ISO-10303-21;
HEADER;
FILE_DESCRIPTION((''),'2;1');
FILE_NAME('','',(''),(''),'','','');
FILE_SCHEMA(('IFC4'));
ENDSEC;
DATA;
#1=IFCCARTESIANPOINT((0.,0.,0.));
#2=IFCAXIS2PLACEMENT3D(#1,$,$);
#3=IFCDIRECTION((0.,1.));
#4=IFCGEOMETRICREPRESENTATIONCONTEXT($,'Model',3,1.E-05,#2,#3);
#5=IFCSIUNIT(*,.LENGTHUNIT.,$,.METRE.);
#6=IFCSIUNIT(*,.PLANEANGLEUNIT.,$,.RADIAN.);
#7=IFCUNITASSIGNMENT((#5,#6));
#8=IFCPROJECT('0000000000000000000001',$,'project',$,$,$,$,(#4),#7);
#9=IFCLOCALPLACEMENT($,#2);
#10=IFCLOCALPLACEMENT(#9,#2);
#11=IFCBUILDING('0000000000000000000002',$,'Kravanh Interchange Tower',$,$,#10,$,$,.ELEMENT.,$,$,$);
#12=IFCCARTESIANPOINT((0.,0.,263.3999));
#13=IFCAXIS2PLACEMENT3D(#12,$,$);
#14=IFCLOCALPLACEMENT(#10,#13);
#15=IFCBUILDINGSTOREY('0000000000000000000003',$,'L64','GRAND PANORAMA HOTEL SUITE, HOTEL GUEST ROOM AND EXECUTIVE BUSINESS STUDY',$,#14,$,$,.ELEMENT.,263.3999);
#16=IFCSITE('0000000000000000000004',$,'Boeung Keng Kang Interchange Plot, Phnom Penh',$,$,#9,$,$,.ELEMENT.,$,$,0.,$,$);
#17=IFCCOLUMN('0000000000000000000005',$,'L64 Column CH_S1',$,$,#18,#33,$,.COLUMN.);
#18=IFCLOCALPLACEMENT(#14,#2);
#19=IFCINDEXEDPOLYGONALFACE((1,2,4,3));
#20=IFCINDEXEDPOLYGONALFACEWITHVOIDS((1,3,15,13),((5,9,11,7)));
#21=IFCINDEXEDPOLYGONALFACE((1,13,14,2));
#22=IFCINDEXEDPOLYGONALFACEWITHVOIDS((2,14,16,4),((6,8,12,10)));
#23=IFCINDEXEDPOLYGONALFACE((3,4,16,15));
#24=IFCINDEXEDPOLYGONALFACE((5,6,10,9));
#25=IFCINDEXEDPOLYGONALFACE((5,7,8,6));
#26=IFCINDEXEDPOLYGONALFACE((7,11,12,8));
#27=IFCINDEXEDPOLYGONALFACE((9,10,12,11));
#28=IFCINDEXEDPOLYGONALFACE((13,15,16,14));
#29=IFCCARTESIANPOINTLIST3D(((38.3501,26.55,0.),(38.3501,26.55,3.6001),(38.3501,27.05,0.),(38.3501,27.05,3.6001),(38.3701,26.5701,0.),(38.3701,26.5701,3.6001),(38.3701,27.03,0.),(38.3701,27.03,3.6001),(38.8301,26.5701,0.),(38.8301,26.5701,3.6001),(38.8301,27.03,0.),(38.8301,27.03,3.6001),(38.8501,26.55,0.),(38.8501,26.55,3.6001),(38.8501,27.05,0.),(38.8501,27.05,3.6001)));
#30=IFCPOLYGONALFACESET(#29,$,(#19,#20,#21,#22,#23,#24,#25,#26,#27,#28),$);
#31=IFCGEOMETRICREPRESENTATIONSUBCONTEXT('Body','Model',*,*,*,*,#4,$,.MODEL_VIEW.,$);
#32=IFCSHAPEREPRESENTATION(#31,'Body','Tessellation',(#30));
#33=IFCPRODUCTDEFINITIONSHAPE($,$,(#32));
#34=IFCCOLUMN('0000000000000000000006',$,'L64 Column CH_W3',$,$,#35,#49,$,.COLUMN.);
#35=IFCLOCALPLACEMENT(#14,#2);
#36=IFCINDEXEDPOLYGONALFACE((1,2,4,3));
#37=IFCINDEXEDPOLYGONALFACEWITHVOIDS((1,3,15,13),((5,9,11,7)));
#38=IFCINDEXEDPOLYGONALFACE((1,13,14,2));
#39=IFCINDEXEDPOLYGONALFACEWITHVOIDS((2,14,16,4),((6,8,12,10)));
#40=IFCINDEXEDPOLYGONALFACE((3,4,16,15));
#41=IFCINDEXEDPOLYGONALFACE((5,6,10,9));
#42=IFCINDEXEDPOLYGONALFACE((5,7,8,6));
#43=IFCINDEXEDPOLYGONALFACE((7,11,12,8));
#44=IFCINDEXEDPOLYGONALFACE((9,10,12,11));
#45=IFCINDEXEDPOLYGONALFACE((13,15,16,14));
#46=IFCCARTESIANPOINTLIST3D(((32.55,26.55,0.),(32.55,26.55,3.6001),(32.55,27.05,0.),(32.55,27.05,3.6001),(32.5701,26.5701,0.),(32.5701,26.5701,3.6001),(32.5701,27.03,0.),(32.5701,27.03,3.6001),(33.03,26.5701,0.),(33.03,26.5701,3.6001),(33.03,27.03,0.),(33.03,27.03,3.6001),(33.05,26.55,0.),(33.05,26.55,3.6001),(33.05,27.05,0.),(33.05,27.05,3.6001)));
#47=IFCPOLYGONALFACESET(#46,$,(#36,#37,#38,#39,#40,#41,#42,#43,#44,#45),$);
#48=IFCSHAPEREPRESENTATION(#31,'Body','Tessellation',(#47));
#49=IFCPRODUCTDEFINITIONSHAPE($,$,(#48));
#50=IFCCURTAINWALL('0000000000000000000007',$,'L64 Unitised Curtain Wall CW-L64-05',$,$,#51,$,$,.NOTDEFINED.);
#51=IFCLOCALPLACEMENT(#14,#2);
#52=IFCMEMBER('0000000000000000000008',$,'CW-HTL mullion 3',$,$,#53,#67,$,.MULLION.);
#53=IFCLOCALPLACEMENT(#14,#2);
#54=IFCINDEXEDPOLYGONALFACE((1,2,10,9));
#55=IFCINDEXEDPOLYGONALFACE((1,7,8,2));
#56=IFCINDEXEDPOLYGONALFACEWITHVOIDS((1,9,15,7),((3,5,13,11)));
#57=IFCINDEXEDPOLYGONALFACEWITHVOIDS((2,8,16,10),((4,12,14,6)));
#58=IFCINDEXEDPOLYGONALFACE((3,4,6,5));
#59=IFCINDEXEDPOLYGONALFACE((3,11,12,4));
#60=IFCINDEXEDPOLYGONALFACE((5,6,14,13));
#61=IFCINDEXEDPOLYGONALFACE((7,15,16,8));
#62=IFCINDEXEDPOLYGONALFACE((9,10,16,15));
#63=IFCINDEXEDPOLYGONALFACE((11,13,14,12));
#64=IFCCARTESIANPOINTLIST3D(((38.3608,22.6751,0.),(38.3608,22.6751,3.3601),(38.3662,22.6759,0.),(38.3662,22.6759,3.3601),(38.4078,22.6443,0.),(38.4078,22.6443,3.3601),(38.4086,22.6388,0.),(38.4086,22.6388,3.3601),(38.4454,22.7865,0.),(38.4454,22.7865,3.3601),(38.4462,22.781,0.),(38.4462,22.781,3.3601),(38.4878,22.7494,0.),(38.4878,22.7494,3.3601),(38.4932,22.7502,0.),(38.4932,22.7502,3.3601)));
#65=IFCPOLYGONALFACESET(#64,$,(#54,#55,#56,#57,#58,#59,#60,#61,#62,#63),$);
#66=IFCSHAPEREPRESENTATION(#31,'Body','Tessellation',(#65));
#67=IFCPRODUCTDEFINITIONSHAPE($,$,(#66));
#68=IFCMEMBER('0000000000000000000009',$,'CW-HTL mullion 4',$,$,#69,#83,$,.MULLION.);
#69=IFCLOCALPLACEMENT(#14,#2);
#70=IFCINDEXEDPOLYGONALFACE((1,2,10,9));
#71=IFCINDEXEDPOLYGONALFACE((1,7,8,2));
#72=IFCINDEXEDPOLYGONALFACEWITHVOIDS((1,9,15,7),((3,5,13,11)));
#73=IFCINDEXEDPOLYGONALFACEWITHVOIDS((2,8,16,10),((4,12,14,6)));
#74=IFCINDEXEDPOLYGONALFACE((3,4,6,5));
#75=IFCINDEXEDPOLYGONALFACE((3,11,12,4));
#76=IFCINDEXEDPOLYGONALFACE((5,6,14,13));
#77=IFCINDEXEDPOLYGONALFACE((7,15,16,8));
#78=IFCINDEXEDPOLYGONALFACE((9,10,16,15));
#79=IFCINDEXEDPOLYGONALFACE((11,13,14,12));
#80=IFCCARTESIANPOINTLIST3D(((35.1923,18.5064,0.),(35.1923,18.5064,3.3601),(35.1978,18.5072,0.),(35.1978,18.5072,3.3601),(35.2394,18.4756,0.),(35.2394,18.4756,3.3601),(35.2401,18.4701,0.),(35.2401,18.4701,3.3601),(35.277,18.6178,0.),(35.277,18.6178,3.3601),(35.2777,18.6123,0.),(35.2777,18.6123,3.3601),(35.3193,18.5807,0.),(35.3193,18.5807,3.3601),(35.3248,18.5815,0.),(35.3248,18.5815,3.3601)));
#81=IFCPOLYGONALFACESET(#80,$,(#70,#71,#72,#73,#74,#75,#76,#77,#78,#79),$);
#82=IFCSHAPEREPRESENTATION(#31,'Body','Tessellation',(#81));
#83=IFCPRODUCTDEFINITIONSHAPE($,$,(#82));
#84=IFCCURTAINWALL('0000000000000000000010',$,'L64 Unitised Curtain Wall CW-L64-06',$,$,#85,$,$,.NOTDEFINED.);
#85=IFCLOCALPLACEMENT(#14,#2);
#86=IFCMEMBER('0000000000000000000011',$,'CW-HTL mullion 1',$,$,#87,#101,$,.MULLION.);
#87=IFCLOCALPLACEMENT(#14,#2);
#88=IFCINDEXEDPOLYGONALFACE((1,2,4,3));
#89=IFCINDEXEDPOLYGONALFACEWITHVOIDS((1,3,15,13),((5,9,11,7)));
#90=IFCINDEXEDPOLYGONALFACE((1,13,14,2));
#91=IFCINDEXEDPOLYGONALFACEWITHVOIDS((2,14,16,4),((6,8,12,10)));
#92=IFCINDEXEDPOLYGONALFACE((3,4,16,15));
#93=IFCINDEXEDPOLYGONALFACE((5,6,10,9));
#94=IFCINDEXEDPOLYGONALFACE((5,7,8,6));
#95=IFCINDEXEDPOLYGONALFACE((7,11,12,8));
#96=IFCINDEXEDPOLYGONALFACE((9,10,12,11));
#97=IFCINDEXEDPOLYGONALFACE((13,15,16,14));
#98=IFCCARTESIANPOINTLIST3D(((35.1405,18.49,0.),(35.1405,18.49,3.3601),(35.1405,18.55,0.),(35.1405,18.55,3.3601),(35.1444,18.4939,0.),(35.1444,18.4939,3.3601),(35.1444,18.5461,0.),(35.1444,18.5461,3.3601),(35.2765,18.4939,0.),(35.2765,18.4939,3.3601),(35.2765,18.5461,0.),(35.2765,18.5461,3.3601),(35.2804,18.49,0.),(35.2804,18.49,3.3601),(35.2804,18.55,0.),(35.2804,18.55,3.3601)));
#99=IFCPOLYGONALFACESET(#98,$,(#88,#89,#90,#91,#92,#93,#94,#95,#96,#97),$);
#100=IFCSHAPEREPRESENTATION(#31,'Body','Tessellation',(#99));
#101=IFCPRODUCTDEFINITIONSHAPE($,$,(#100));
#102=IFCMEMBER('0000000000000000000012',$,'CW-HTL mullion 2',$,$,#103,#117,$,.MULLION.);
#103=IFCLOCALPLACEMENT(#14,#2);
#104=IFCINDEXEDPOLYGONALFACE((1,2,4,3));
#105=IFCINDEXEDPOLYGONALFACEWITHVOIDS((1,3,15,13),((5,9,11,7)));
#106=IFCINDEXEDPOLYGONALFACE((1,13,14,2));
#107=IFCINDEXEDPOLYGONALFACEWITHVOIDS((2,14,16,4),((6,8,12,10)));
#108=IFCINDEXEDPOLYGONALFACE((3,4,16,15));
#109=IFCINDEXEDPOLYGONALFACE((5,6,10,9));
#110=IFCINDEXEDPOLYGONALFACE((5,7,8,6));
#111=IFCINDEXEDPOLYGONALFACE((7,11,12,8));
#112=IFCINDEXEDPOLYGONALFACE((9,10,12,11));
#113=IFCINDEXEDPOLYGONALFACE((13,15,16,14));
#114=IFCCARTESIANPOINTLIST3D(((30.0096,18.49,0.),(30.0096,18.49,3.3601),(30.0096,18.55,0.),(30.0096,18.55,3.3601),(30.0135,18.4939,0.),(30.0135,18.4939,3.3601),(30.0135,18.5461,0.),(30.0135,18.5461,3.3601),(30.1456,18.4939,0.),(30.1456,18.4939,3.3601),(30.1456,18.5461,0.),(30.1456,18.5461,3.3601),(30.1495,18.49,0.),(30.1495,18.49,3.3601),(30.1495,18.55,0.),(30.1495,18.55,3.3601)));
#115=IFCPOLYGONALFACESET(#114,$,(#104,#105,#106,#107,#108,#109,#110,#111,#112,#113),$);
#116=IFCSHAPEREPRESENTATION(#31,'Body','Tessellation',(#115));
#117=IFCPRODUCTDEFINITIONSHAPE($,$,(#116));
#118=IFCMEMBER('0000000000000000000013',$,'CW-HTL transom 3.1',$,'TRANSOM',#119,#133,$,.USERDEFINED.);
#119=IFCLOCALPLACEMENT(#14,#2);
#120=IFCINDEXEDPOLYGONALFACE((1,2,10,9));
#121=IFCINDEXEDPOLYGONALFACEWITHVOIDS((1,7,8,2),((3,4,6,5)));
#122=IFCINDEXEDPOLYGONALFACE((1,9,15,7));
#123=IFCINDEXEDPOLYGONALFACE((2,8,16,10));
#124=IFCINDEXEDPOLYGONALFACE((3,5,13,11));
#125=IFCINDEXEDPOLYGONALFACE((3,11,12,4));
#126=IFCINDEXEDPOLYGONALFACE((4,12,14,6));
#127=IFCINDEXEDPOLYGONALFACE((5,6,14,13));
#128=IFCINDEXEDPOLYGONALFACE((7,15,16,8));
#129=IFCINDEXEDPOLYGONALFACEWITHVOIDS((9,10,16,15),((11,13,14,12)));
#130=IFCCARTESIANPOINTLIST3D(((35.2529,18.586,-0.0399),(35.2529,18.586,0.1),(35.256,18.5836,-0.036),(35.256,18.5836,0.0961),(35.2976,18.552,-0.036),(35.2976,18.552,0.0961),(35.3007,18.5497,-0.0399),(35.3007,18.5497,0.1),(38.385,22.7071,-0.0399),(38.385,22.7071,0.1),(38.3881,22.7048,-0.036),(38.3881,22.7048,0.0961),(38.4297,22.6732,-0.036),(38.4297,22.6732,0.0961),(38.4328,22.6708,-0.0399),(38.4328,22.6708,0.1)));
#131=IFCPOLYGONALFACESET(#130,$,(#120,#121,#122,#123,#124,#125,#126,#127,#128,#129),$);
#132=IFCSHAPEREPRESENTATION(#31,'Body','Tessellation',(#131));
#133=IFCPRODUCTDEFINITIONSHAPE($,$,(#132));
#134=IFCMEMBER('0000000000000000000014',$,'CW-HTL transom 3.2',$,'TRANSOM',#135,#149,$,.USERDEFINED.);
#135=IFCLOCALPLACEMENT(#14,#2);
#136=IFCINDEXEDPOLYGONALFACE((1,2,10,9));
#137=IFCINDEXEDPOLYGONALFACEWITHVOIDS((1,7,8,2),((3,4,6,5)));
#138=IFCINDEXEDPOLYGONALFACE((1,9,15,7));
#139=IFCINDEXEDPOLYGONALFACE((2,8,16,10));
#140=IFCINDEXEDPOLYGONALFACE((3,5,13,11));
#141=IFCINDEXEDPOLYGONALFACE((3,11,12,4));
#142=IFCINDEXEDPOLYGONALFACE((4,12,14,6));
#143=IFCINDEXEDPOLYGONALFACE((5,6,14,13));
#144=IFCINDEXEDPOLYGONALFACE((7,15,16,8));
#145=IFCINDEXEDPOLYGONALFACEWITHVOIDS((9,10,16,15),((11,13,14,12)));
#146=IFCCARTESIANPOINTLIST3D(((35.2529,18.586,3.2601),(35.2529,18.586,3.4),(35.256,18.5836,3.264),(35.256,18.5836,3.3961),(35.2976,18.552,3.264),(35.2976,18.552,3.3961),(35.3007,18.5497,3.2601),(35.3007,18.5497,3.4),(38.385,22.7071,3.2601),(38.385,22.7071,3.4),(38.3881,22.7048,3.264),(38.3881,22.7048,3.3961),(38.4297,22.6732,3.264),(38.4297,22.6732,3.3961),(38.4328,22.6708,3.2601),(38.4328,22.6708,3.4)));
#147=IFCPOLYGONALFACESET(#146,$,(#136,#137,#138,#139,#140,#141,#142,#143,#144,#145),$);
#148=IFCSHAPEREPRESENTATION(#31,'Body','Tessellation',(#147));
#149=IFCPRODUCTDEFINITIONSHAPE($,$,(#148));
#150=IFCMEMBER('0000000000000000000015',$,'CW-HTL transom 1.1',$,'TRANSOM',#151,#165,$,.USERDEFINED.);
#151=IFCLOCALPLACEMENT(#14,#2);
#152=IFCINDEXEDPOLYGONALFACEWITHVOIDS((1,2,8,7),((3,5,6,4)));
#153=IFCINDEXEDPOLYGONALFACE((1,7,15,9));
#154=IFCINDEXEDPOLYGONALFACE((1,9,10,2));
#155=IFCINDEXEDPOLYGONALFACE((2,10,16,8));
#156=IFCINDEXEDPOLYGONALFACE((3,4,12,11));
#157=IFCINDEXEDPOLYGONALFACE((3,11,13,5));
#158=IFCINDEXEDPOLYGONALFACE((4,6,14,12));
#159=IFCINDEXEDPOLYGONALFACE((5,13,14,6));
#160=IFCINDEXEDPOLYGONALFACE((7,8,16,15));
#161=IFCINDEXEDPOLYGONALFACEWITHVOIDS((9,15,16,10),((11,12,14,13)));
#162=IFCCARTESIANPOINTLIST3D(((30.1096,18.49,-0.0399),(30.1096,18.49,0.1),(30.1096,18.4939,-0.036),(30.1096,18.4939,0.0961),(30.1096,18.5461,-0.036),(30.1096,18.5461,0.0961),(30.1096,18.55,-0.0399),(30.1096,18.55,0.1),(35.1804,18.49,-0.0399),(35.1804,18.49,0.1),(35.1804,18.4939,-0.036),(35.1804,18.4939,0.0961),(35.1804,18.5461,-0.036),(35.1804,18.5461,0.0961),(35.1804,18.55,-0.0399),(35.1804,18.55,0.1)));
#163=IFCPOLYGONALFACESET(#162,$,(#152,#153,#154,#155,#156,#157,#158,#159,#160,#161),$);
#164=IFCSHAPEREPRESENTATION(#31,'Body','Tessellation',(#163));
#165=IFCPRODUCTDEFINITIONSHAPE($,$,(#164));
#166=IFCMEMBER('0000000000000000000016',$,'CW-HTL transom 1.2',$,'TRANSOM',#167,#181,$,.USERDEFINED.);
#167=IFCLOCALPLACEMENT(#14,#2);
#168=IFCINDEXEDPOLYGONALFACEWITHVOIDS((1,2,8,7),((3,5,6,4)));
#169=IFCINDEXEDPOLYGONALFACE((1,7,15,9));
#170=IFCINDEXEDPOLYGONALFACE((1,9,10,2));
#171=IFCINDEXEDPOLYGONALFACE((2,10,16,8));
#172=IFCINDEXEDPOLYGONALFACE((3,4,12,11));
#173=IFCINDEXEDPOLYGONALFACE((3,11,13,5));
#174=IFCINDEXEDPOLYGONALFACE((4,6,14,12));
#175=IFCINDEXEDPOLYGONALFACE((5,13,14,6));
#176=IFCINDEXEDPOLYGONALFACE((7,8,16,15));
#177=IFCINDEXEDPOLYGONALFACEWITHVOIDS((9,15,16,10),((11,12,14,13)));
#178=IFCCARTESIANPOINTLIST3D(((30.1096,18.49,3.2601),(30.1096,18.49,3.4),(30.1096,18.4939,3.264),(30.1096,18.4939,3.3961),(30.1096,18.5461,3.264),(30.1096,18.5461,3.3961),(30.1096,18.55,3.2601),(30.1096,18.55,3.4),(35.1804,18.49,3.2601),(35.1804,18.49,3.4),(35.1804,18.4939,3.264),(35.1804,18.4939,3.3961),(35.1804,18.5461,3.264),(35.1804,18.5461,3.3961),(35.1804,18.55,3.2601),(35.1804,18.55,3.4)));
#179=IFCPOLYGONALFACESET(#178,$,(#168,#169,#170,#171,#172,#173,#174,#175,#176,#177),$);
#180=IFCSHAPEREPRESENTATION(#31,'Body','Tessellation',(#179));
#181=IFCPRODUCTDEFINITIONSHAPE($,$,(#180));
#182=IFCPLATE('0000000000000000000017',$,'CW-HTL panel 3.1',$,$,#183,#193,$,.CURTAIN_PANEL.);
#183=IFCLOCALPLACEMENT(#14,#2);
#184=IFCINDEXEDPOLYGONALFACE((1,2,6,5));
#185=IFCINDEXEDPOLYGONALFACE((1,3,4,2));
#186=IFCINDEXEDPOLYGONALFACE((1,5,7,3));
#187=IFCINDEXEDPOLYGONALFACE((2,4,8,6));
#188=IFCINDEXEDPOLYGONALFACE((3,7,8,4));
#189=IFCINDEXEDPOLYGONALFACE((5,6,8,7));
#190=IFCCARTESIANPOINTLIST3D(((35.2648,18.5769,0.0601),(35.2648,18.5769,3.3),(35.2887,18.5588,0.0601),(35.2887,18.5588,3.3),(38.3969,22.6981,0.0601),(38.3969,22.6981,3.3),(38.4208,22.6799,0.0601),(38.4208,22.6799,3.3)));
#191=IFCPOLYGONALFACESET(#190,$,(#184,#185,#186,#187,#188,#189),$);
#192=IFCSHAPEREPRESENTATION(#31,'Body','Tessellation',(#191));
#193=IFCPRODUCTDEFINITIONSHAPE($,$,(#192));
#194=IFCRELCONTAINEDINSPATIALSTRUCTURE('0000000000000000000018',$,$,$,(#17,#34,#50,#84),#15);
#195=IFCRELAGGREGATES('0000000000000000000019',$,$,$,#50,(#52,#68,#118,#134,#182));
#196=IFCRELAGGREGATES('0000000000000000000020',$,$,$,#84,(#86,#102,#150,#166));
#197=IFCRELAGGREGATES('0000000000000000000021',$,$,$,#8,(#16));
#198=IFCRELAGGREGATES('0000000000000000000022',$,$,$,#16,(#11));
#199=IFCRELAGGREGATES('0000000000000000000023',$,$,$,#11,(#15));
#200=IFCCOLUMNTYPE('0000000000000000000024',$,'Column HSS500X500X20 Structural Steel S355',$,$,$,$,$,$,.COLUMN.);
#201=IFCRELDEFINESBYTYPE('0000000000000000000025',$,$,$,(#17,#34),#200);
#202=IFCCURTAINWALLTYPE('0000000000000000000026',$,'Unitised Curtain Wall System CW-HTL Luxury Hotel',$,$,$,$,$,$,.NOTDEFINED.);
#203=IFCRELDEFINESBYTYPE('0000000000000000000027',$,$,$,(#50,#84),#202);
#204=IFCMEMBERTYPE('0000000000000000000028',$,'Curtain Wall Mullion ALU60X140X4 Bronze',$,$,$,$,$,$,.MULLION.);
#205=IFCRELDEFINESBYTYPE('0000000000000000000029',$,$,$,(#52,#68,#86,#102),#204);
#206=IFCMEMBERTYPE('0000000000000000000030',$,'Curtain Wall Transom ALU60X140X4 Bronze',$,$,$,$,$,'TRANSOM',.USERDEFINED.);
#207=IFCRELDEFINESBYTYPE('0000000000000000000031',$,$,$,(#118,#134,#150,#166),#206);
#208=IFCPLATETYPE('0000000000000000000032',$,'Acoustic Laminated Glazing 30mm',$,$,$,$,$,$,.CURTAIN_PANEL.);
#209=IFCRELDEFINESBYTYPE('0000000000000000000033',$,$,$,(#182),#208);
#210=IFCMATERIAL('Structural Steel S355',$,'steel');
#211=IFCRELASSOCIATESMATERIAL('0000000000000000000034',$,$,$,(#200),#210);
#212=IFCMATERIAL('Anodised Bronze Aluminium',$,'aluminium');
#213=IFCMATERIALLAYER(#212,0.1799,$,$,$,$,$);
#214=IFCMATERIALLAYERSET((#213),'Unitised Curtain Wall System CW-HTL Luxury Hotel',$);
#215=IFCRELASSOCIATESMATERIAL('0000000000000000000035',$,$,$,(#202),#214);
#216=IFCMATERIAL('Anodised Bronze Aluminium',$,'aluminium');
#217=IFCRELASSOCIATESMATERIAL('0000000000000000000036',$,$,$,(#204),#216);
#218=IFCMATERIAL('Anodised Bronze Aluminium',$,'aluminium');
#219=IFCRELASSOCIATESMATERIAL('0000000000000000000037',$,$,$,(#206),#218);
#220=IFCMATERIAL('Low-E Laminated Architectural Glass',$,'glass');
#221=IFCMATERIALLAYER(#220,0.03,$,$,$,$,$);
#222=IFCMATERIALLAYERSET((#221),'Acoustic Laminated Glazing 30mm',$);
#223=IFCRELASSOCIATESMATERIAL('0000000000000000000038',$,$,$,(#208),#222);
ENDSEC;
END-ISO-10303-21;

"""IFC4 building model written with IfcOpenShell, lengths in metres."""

from ifc_helpers import new_model, si_unit, direction, frame, origin, origin_2d, place, context, subcontext, project, spatial, rectangle, hollow_rectangle, extrude, material, layer, layer_set, material_profile, profile_set, type_object, element, aggregate, save


model = new_model("IFC4")

# Units and contexts
model_context = context("Model", 3, precision=1e-05, world=origin(), true_north=direction((0.0, 1.0)))
body_context = subcontext(model_context, "Body", "Model", "MODEL_VIEW")
ifc_project = project(units=[si_unit("LENGTHUNIT", "METRE"), si_unit("PLANEANGLEUNIT", "RADIAN")], contexts=[model_context])

# Site, building, storey
site_placement = place(None, origin())
site = spatial("IfcSite", under=ifc_project, at=site_placement, Name="Boeung Keng Kang Interchange Plot, Phnom Penh", CompositionType="ELEMENT", RefElevation=0.0)
building_placement = place(site_placement, origin())
building = spatial("IfcBuilding", under=site, at=building_placement, Name="Kravanh Interchange Tower", CompositionType="ELEMENT")
storey_placement = place(building_placement, frame((0.0, 0.0, 263.3999)))
storey = spatial("IfcBuildingStorey", under=building, at=storey_placement, Name="L64", Description="GRAND PANORAMA HOTEL SUITE, HOTEL GUEST ROOM AND EXECUTIVE BUSINESS STUDY", CompositionType="ELEMENT", Elevation=263.3999)

# Columns
ifc_material_1 = material(Name="Structural Steel S355", Category="steel")
ifc_material_profile_1 = material_profile(ifc_material_1, hollow_rectangle(XDim=0.5, YDim=0.5, WallThickness=0.02, at=origin_2d()), Name="HSS500X500X20")
ifc_profile_set_1 = profile_set([ifc_material_profile_1], Name="Structural Steel S355")
column_type = type_object("IfcColumnType", Name="Column HSS500X500X20 Structural Steel S355", PredefinedType="COLUMN", material=ifc_profile_set_1)
for number, where, z_axis, x_axis, name in (
    (1, (38.6001, 26.8, 0.0), (0.0, 0.0, 1.0), (1.0, 0.0, 0.0), "L64 Column CH_S1"),
    (2, (32.8, 26.8, 0.0), (0.0, 0.0, 1.0), (1.0, 0.0, 0.0), "L64 Column CH_W3"),
):
    element("IfcColumn", number, at=place(storey_placement, frame(where, z_axis=z_axis, x_axis=x_axis)), inside=storey, type_object=column_type, Name=name, PredefinedType="COLUMN", context=body_context, shape_type="SweptSolid", body=[
        extrude(hollow_rectangle(XDim=0.5, YDim=0.5, WallThickness=0.02, at=origin_2d()), origin(), (0.0, 0.0, 1.0), 3.6001),
    ])

# Curtain walls, members
ifc_material_2 = material(Name="Anodised Bronze Aluminium", Category="aluminium")
ifc_layer_1 = layer(ifc_material_2, 0.1799)
ifc_layer_set_1 = layer_set([ifc_layer_1], Name="Unitised Curtain Wall System CW-HTL Luxury Hotel")
curtain_wall_type = type_object("IfcCurtainWallType", Name="Unitised Curtain Wall System CW-HTL Luxury Hotel", PredefinedType="NOTDEFINED", material=ifc_layer_set_1)
curtain_wall_1_placement = place(storey_placement, origin())
curtain_wall_1 = element("IfcCurtainWall", 3, at=curtain_wall_1_placement, inside=storey, type_object=curtain_wall_type, Name="L64 Unitised Curtain Wall CW-L64-05", PredefinedType="NOTDEFINED")
ifc_material_3 = material(Name="Anodised Bronze Aluminium", Category="aluminium")
ifc_material_profile_2 = material_profile(ifc_material_3, hollow_rectangle(XDim=0.0601, YDim=0.1399, WallThickness=0.0039, at=origin_2d()), Name="ALU60X140X4")
ifc_profile_set_2 = profile_set([ifc_material_profile_2], Name="Anodised Bronze Aluminium")
member_type_1 = type_object("IfcMemberType", Name="Curtain Wall Mullion ALU60X140X4 Bronze", PredefinedType="MULLION", material=ifc_profile_set_2)
member_1_placement = place(storey_placement, frame((38.427, 22.7126, 0.0), z_axis=(0.0, 0.0, 1.0), x_axis=(0.796162, -0.605083, 0.0)))
member_1 = element("IfcMember", 4, at=member_1_placement, type_object=member_type_1, Name="CW-HTL mullion 3", PredefinedType="MULLION", context=body_context, shape_type="SweptSolid", body=[
    extrude(hollow_rectangle(XDim=0.0601, YDim=0.1399, WallThickness=0.0039, at=origin_2d()), origin(), (0.0, 0.0, 1.0), 3.3601),
])
member_2_placement = place(storey_placement, frame((35.2585, 18.5439, 0.0), z_axis=(0.0, 0.0, 1.0), x_axis=(0.796162, -0.605083, 0.0)))
member_2 = element("IfcMember", 5, at=member_2_placement, type_object=member_type_1, Name="CW-HTL mullion 4", PredefinedType="MULLION", context=body_context, shape_type="SweptSolid", body=[
    extrude(hollow_rectangle(XDim=0.0601, YDim=0.1399, WallThickness=0.0039, at=origin_2d()), origin(), (0.0, 0.0, 1.0), 3.3601),
])
curtain_wall_2_placement = place(storey_placement, origin())
curtain_wall_2 = element("IfcCurtainWall", 6, at=curtain_wall_2_placement, inside=storey, type_object=curtain_wall_type, Name="L64 Unitised Curtain Wall CW-L64-06", PredefinedType="NOTDEFINED")
member_3_placement = place(storey_placement, frame((35.2104, 18.52, 0.0), z_axis=(0.0, 0.0, 1.0), x_axis=(0.0, -1.0, 0.0)))
member_3 = element("IfcMember", 7, at=member_3_placement, type_object=member_type_1, Name="CW-HTL mullion 1", PredefinedType="MULLION", context=body_context, shape_type="SweptSolid", body=[
    extrude(hollow_rectangle(XDim=0.0601, YDim=0.1399, WallThickness=0.0039, at=origin_2d()), origin(), (0.0, 0.0, 1.0), 3.3601),
])
member_4_placement = place(storey_placement, frame((30.0796, 18.52, 0.0), z_axis=(0.0, 0.0, 1.0), x_axis=(0.0, -1.0, 0.0)))
member_4 = element("IfcMember", 8, at=member_4_placement, type_object=member_type_1, Name="CW-HTL mullion 2", PredefinedType="MULLION", context=body_context, shape_type="SweptSolid", body=[
    extrude(hollow_rectangle(XDim=0.0601, YDim=0.1399, WallThickness=0.0039, at=origin_2d()), origin(), (0.0, 0.0, 1.0), 3.3601),
])

# Members
ifc_material_4 = material(Name="Anodised Bronze Aluminium", Category="aluminium")
ifc_material_profile_3 = material_profile(ifc_material_4, hollow_rectangle(XDim=0.0601, YDim=0.1399, WallThickness=0.0039, at=origin_2d()), Name="ALU60X140X4")
ifc_profile_set_3 = profile_set([ifc_material_profile_3], Name="Anodised Bronze Aluminium")
member_type_2 = type_object("IfcMemberType", Name="Curtain Wall Transom ALU60X140X4 Bronze", ElementType="TRANSOM", PredefinedType="USERDEFINED", material=ifc_profile_set_3)
member_5_placement = place(storey_placement, frame((38.4089, 22.689, 0.03), z_axis=(-0.605089, -0.796158, 0.0), x_axis=(0.796158, -0.605089, 0.0)))
member_5 = element("IfcMember", 9, at=member_5_placement, type_object=member_type_2, Name="CW-HTL transom 3.1", ObjectType="TRANSOM", PredefinedType="USERDEFINED", context=body_context, shape_type="SweptSolid", body=[
    extrude(hollow_rectangle(XDim=0.0601, YDim=0.1399, WallThickness=0.0039, at=origin_2d()), origin(), (0.0, 0.0, 1.0), 5.1763),
])
member_6_placement = place(storey_placement, frame((38.4089, 22.689, 3.3301), z_axis=(-0.605089, -0.796158, 0.0), x_axis=(0.796158, -0.605089, 0.0)))
member_6 = element("IfcMember", 10, at=member_6_placement, type_object=member_type_2, Name="CW-HTL transom 3.2", ObjectType="TRANSOM", PredefinedType="USERDEFINED", context=body_context, shape_type="SweptSolid", body=[
    extrude(hollow_rectangle(XDim=0.0601, YDim=0.1399, WallThickness=0.0039, at=origin_2d()), origin(), (0.0, 0.0, 1.0), 5.1763),
])
member_7_placement = place(storey_placement, frame((35.1804, 18.52, 0.03), z_axis=(-1.0, 0.0, 0.0), x_axis=(0.0, -1.0, 0.0)))
member_7 = element("IfcMember", 11, at=member_7_placement, type_object=member_type_2, Name="CW-HTL transom 1.1", ObjectType="TRANSOM", PredefinedType="USERDEFINED", context=body_context, shape_type="SweptSolid", body=[
    extrude(hollow_rectangle(XDim=0.0601, YDim=0.1399, WallThickness=0.0039, at=origin_2d()), origin(), (0.0, 0.0, 1.0), 5.0708),
])
member_8_placement = place(storey_placement, frame((35.1804, 18.52, 3.3301), z_axis=(-1.0, 0.0, 0.0), x_axis=(0.0, -1.0, 0.0)))
member_8 = element("IfcMember", 12, at=member_8_placement, type_object=member_type_2, Name="CW-HTL transom 1.2", ObjectType="TRANSOM", PredefinedType="USERDEFINED", context=body_context, shape_type="SweptSolid", body=[
    extrude(hollow_rectangle(XDim=0.0601, YDim=0.1399, WallThickness=0.0039, at=origin_2d()), origin(), (0.0, 0.0, 1.0), 5.0708),
])

# Plate
ifc_material_5 = material(Name="Low-E Laminated Architectural Glass", Category="glass")
ifc_layer_2 = layer(ifc_material_5, 0.03)
ifc_layer_set_2 = layer_set([ifc_layer_2], Name="Acoustic Laminated Glazing 30mm")
plate_type = type_object("IfcPlateType", Name="Acoustic Laminated Glazing 30mm", PredefinedType="CURTAIN_PANEL", material=ifc_layer_set_2)
plate_1_placement = place(storey_placement, frame((36.8428, 20.6284, 0.0601), z_axis=(0.0, 0.0, 1.0), x_axis=(-0.605083, -0.796162, 0.0)))
plate_1 = element("IfcPlate", 13, at=plate_1_placement, type_object=plate_type, Name="CW-HTL panel 3.1", PredefinedType="CURTAIN_PANEL", context=body_context, shape_type="SweptSolid", body=[
    extrude(rectangle(XDim=5.1763, YDim=0.03, at=origin_2d()), origin(), (0.0, 0.0, 1.0), 3.24),
])
aggregate(curtain_wall_1, [member_1, member_2, member_5, member_6, plate_1])
aggregate(curtain_wall_2, [member_3, member_4, member_7, member_8])

save(model, "model.ifc")
